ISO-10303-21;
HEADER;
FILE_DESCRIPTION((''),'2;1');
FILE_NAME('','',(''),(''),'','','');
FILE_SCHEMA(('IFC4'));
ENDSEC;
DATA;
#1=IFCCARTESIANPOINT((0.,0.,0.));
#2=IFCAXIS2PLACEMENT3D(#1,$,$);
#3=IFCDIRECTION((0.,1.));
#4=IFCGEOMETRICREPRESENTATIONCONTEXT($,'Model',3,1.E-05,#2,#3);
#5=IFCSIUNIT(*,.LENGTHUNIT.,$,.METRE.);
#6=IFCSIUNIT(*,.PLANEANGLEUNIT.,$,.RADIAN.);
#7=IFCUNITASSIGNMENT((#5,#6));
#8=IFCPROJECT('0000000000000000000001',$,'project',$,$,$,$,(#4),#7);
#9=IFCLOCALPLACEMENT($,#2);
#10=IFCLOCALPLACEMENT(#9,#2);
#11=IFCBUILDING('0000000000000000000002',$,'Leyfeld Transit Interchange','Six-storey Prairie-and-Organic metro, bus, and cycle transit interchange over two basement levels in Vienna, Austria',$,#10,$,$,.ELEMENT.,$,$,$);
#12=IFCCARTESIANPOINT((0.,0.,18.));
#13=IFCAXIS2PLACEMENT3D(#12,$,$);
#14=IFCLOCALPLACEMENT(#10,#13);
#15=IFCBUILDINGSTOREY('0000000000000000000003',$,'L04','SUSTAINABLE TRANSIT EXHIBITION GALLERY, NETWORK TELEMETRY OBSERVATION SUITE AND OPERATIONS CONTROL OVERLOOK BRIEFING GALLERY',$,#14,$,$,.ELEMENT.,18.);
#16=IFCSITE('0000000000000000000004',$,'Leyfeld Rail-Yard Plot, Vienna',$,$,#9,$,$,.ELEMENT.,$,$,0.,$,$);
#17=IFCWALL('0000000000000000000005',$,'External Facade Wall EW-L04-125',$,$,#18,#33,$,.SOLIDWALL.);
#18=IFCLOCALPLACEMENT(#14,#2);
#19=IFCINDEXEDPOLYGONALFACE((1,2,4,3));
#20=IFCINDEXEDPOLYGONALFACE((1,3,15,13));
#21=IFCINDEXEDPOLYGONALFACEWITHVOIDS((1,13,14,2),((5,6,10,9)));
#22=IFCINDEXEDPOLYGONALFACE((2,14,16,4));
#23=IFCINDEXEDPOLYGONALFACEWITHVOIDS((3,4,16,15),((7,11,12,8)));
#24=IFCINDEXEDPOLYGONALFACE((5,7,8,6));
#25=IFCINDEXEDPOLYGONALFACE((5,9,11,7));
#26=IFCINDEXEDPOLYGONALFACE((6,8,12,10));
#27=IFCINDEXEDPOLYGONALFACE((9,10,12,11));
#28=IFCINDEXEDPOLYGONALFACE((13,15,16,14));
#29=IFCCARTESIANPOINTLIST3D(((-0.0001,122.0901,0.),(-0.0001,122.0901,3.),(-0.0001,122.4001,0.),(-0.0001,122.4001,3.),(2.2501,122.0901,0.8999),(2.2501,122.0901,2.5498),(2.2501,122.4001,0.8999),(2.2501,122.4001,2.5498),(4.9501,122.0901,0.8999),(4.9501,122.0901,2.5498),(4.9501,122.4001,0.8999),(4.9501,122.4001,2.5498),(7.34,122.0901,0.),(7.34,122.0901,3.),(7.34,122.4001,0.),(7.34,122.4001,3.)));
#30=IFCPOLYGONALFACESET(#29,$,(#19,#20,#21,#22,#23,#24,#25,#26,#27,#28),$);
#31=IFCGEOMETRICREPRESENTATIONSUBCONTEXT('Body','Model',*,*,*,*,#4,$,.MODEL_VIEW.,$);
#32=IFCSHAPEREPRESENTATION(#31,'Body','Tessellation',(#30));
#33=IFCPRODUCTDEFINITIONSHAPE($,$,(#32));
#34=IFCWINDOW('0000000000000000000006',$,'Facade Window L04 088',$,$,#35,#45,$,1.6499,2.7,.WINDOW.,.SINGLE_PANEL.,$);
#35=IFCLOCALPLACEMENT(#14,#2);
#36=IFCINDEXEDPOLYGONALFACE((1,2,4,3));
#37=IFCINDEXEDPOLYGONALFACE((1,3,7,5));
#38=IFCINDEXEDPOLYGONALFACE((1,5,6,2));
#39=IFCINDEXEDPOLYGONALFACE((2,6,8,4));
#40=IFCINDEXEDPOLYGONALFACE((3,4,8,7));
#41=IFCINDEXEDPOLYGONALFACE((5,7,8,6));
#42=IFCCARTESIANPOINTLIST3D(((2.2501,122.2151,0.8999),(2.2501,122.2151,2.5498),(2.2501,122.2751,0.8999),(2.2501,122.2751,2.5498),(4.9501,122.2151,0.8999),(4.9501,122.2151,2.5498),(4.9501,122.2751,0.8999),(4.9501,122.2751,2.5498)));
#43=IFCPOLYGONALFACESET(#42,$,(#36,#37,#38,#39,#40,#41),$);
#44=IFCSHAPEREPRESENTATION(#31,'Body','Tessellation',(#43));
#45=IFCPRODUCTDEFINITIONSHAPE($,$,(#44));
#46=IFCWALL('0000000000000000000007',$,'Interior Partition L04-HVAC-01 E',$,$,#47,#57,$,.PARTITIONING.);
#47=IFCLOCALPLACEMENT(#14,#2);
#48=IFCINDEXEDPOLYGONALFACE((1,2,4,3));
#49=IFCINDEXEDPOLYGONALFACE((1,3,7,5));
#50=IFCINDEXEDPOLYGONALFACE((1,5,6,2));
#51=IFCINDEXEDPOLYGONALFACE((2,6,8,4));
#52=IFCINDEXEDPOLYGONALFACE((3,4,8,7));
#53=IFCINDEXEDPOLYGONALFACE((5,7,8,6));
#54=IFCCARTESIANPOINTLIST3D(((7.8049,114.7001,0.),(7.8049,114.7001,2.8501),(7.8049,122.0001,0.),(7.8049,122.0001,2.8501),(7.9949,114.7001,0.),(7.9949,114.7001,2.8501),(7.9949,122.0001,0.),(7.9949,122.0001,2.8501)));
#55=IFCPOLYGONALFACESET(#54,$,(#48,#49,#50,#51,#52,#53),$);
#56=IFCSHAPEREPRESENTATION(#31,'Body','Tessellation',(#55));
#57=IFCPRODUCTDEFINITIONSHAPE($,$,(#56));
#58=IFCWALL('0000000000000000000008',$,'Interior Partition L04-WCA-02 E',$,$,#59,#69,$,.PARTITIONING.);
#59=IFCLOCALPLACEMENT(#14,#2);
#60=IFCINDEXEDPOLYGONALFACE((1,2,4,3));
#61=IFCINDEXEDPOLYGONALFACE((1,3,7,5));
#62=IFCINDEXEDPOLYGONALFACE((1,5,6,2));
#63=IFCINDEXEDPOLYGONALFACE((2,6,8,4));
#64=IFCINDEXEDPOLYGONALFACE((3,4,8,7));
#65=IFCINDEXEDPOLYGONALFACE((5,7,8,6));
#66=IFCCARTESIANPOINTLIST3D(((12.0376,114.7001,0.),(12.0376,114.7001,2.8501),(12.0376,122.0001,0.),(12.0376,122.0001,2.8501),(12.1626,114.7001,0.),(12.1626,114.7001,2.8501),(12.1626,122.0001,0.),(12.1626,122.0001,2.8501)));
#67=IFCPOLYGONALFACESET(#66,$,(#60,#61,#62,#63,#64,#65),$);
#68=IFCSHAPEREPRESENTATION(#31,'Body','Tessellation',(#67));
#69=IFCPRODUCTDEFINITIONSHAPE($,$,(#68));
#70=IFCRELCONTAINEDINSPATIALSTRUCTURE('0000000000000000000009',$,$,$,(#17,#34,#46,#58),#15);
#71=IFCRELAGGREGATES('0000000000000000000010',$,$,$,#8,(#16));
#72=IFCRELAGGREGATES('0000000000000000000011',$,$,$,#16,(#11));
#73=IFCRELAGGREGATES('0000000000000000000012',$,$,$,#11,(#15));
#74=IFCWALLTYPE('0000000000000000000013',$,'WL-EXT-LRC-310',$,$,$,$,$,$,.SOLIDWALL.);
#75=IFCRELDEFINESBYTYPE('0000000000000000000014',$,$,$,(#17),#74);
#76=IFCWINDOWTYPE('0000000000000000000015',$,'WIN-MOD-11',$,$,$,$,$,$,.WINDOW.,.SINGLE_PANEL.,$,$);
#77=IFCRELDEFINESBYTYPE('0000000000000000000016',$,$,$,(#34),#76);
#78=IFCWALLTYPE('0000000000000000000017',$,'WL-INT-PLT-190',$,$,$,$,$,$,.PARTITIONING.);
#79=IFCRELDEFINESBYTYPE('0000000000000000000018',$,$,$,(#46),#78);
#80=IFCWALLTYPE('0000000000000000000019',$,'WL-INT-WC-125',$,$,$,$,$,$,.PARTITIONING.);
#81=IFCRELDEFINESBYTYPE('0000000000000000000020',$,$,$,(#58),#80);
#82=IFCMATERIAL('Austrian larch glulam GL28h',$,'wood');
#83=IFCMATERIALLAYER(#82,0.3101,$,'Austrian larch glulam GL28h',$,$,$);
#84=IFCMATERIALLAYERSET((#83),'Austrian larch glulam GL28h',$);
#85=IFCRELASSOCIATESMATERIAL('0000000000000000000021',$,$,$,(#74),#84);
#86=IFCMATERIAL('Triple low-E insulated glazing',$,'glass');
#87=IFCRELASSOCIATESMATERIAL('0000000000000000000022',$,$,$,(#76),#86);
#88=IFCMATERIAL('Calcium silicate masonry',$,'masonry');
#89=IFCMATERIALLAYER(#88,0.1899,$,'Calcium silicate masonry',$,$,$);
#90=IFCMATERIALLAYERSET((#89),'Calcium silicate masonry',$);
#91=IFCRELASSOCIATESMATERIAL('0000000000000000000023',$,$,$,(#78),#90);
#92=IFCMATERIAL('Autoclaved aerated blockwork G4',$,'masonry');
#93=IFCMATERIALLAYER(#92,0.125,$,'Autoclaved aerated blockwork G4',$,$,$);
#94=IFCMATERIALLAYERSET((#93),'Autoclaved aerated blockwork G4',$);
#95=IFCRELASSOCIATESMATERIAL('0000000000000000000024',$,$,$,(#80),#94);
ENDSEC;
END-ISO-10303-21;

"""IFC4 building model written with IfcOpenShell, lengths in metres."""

from ifc_helpers import new_model, si_unit, direction, frame, frame_2d, origin, place, context, subcontext, project, spatial, rectangle, extrude, material, layer, layer_set, type_object, element, fill, save


model = new_model("IFC4")

# Units and contexts
model_context = context("Model", 3, precision=1e-05, world=origin(), true_north=direction((0.0, 1.0)))
body_context = subcontext(model_context, "Body", "Model", "MODEL_VIEW")
ifc_project = project(units=[si_unit("LENGTHUNIT", "METRE"), si_unit("PLANEANGLEUNIT", "RADIAN")], contexts=[model_context])

# Site, building, storey
site_placement = place(None, origin())
site = spatial("IfcSite", under=ifc_project, at=site_placement, Name="Leyfeld Rail-Yard Plot, Vienna", CompositionType="ELEMENT", RefElevation=0.0)
building_placement = place(site_placement, origin())
building = spatial("IfcBuilding", under=site, at=building_placement, Name="Leyfeld Transit Interchange", Description="Six-storey Prairie-and-Organic metro, bus, and cycle transit interchange over two basement levels in Vienna, Austria", CompositionType="ELEMENT")
storey_placement = place(building_placement, frame((0.0, 0.0, 18.0)))
storey = spatial("IfcBuildingStorey", under=building, at=storey_placement, Name="L04", Description="SUSTAINABLE TRANSIT EXHIBITION GALLERY, NETWORK TELEMETRY OBSERVATION SUITE AND OPERATIONS CONTROL OVERLOOK BRIEFING GALLERY", CompositionType="ELEMENT", Elevation=18.0)

# Shared definitions
ifc_material_1 = material(Name="Triple low-E insulated glazing", Category="glass")

# Wall, opening, window
ifc_material_2 = material(Name="Austrian larch glulam GL28h", Category="wood")
ifc_layer_1 = layer(ifc_material_2, 0.3101, Name="Austrian larch glulam GL28h")
ifc_layer_set_1 = layer_set([ifc_layer_1], Name="Austrian larch glulam GL28h")
wall_type_1 = type_object("IfcWallType", Name="WL-EXT-LRC-310", PredefinedType="SOLIDWALL", material=ifc_layer_set_1)
wall_1_placement = place(storey_placement, frame((0.0, 122.2451, 0.0), z_axis=(0.0, 0.0, 1.0), x_axis=(1.0, 0.0, 0.0)))
wall_1 = element("IfcWall", 1, at=wall_1_placement, inside=storey, type_object=wall_type_1, Name="External Facade Wall EW-L04-125", PredefinedType="SOLIDWALL", context=body_context, shape_type="SweptSolid", body=[
    extrude(rectangle(XDim=7.3401, YDim=0.3101, at=frame_2d((3.6699, 0.0))), origin(), (0.0, 0.0, 1.0), 3.0),
])
opening_placement = place(wall_1_placement, frame((2.25, 0.0, 0.8999)))
opening = element("IfcOpeningElement", 2, at=opening_placement, cuts=wall_1, PredefinedType="OPENING", context=body_context, shape_type="SweptSolid", body=[
    extrude(rectangle(XDim=2.7, YDim=1.6499, at=frame_2d((1.3501, 0.825))), frame((0.0, 0.165, 0.0), z_axis=(0.0, -1.0, 0.0), x_axis=(1.0, 0.0, 0.0)), (0.0, 0.0, 1.0), 0.3301),
])
window_type = type_object("IfcWindowType", Name="WIN-MOD-11", PartitioningType="SINGLE_PANEL", PredefinedType="WINDOW", material=ifc_material_1)
window_placement = place(opening_placement, origin())
window = element("IfcWindow", 3, at=window_placement, inside=storey, type_object=window_type, Name="Facade Window L04 088", OverallHeight=1.6499, OverallWidth=2.7, PartitioningType="SINGLE_PANEL", PredefinedType="WINDOW", context=body_context, shape_type="SweptSolid", body=[
    extrude(rectangle(XDim=2.7, YDim=1.6499, at=frame_2d((1.3501, 0.825))), frame((0.0, 0.03, 0.0), z_axis=(0.0, -1.0, 0.0), x_axis=(1.0, 0.0, 0.0)), (0.0, 0.0, 1.0), 0.0601),
])
fill(opening, window)

# Walls
ifc_material_3 = material(Name="Calcium silicate masonry", Category="masonry")
ifc_layer_2 = layer(ifc_material_3, 0.1899, Name="Calcium silicate masonry")
ifc_layer_set_2 = layer_set([ifc_layer_2], Name="Calcium silicate masonry")
wall_type_2 = type_object("IfcWallType", Name="WL-INT-PLT-190", PredefinedType="PARTITIONING", material=ifc_layer_set_2)
wall_2_placement = place(storey_placement, frame((7.8999, 122.0, 0.0), z_axis=(0.0, 0.0, 1.0), x_axis=(0.0, -1.0, 0.0)))
element("IfcWall", 4, at=wall_2_placement, inside=storey, type_object=wall_type_2, Name="Interior Partition L04-HVAC-01 E", PredefinedType="PARTITIONING", context=body_context, shape_type="SweptSolid", body=[
    extrude(rectangle(XDim=7.3, YDim=0.1899, at=frame_2d((3.6499, 0.0))), origin(), (0.0, 0.0, 1.0), 2.8501),
])
ifc_material_4 = material(Name="Autoclaved aerated blockwork G4", Category="masonry")
ifc_layer_3 = layer(ifc_material_4, 0.125, Name="Autoclaved aerated blockwork G4")
ifc_layer_set_3 = layer_set([ifc_layer_3], Name="Autoclaved aerated blockwork G4")
wall_type_3 = type_object("IfcWallType", Name="WL-INT-WC-125", PredefinedType="PARTITIONING", material=ifc_layer_set_3)
wall_3_placement = place(storey_placement, frame((12.1001, 122.0, 0.0), z_axis=(0.0, 0.0, 1.0), x_axis=(0.0, -1.0, 0.0)))
element("IfcWall", 5, at=wall_3_placement, inside=storey, type_object=wall_type_3, Name="Interior Partition L04-WCA-02 E", PredefinedType="PARTITIONING", context=body_context, shape_type="SweptSolid", body=[
    extrude(rectangle(XDim=7.3, YDim=0.125, at=frame_2d((3.6499, 0.0))), origin(), (0.0, 0.0, 1.0), 2.8501),
])

save(model, "model.ifc")
